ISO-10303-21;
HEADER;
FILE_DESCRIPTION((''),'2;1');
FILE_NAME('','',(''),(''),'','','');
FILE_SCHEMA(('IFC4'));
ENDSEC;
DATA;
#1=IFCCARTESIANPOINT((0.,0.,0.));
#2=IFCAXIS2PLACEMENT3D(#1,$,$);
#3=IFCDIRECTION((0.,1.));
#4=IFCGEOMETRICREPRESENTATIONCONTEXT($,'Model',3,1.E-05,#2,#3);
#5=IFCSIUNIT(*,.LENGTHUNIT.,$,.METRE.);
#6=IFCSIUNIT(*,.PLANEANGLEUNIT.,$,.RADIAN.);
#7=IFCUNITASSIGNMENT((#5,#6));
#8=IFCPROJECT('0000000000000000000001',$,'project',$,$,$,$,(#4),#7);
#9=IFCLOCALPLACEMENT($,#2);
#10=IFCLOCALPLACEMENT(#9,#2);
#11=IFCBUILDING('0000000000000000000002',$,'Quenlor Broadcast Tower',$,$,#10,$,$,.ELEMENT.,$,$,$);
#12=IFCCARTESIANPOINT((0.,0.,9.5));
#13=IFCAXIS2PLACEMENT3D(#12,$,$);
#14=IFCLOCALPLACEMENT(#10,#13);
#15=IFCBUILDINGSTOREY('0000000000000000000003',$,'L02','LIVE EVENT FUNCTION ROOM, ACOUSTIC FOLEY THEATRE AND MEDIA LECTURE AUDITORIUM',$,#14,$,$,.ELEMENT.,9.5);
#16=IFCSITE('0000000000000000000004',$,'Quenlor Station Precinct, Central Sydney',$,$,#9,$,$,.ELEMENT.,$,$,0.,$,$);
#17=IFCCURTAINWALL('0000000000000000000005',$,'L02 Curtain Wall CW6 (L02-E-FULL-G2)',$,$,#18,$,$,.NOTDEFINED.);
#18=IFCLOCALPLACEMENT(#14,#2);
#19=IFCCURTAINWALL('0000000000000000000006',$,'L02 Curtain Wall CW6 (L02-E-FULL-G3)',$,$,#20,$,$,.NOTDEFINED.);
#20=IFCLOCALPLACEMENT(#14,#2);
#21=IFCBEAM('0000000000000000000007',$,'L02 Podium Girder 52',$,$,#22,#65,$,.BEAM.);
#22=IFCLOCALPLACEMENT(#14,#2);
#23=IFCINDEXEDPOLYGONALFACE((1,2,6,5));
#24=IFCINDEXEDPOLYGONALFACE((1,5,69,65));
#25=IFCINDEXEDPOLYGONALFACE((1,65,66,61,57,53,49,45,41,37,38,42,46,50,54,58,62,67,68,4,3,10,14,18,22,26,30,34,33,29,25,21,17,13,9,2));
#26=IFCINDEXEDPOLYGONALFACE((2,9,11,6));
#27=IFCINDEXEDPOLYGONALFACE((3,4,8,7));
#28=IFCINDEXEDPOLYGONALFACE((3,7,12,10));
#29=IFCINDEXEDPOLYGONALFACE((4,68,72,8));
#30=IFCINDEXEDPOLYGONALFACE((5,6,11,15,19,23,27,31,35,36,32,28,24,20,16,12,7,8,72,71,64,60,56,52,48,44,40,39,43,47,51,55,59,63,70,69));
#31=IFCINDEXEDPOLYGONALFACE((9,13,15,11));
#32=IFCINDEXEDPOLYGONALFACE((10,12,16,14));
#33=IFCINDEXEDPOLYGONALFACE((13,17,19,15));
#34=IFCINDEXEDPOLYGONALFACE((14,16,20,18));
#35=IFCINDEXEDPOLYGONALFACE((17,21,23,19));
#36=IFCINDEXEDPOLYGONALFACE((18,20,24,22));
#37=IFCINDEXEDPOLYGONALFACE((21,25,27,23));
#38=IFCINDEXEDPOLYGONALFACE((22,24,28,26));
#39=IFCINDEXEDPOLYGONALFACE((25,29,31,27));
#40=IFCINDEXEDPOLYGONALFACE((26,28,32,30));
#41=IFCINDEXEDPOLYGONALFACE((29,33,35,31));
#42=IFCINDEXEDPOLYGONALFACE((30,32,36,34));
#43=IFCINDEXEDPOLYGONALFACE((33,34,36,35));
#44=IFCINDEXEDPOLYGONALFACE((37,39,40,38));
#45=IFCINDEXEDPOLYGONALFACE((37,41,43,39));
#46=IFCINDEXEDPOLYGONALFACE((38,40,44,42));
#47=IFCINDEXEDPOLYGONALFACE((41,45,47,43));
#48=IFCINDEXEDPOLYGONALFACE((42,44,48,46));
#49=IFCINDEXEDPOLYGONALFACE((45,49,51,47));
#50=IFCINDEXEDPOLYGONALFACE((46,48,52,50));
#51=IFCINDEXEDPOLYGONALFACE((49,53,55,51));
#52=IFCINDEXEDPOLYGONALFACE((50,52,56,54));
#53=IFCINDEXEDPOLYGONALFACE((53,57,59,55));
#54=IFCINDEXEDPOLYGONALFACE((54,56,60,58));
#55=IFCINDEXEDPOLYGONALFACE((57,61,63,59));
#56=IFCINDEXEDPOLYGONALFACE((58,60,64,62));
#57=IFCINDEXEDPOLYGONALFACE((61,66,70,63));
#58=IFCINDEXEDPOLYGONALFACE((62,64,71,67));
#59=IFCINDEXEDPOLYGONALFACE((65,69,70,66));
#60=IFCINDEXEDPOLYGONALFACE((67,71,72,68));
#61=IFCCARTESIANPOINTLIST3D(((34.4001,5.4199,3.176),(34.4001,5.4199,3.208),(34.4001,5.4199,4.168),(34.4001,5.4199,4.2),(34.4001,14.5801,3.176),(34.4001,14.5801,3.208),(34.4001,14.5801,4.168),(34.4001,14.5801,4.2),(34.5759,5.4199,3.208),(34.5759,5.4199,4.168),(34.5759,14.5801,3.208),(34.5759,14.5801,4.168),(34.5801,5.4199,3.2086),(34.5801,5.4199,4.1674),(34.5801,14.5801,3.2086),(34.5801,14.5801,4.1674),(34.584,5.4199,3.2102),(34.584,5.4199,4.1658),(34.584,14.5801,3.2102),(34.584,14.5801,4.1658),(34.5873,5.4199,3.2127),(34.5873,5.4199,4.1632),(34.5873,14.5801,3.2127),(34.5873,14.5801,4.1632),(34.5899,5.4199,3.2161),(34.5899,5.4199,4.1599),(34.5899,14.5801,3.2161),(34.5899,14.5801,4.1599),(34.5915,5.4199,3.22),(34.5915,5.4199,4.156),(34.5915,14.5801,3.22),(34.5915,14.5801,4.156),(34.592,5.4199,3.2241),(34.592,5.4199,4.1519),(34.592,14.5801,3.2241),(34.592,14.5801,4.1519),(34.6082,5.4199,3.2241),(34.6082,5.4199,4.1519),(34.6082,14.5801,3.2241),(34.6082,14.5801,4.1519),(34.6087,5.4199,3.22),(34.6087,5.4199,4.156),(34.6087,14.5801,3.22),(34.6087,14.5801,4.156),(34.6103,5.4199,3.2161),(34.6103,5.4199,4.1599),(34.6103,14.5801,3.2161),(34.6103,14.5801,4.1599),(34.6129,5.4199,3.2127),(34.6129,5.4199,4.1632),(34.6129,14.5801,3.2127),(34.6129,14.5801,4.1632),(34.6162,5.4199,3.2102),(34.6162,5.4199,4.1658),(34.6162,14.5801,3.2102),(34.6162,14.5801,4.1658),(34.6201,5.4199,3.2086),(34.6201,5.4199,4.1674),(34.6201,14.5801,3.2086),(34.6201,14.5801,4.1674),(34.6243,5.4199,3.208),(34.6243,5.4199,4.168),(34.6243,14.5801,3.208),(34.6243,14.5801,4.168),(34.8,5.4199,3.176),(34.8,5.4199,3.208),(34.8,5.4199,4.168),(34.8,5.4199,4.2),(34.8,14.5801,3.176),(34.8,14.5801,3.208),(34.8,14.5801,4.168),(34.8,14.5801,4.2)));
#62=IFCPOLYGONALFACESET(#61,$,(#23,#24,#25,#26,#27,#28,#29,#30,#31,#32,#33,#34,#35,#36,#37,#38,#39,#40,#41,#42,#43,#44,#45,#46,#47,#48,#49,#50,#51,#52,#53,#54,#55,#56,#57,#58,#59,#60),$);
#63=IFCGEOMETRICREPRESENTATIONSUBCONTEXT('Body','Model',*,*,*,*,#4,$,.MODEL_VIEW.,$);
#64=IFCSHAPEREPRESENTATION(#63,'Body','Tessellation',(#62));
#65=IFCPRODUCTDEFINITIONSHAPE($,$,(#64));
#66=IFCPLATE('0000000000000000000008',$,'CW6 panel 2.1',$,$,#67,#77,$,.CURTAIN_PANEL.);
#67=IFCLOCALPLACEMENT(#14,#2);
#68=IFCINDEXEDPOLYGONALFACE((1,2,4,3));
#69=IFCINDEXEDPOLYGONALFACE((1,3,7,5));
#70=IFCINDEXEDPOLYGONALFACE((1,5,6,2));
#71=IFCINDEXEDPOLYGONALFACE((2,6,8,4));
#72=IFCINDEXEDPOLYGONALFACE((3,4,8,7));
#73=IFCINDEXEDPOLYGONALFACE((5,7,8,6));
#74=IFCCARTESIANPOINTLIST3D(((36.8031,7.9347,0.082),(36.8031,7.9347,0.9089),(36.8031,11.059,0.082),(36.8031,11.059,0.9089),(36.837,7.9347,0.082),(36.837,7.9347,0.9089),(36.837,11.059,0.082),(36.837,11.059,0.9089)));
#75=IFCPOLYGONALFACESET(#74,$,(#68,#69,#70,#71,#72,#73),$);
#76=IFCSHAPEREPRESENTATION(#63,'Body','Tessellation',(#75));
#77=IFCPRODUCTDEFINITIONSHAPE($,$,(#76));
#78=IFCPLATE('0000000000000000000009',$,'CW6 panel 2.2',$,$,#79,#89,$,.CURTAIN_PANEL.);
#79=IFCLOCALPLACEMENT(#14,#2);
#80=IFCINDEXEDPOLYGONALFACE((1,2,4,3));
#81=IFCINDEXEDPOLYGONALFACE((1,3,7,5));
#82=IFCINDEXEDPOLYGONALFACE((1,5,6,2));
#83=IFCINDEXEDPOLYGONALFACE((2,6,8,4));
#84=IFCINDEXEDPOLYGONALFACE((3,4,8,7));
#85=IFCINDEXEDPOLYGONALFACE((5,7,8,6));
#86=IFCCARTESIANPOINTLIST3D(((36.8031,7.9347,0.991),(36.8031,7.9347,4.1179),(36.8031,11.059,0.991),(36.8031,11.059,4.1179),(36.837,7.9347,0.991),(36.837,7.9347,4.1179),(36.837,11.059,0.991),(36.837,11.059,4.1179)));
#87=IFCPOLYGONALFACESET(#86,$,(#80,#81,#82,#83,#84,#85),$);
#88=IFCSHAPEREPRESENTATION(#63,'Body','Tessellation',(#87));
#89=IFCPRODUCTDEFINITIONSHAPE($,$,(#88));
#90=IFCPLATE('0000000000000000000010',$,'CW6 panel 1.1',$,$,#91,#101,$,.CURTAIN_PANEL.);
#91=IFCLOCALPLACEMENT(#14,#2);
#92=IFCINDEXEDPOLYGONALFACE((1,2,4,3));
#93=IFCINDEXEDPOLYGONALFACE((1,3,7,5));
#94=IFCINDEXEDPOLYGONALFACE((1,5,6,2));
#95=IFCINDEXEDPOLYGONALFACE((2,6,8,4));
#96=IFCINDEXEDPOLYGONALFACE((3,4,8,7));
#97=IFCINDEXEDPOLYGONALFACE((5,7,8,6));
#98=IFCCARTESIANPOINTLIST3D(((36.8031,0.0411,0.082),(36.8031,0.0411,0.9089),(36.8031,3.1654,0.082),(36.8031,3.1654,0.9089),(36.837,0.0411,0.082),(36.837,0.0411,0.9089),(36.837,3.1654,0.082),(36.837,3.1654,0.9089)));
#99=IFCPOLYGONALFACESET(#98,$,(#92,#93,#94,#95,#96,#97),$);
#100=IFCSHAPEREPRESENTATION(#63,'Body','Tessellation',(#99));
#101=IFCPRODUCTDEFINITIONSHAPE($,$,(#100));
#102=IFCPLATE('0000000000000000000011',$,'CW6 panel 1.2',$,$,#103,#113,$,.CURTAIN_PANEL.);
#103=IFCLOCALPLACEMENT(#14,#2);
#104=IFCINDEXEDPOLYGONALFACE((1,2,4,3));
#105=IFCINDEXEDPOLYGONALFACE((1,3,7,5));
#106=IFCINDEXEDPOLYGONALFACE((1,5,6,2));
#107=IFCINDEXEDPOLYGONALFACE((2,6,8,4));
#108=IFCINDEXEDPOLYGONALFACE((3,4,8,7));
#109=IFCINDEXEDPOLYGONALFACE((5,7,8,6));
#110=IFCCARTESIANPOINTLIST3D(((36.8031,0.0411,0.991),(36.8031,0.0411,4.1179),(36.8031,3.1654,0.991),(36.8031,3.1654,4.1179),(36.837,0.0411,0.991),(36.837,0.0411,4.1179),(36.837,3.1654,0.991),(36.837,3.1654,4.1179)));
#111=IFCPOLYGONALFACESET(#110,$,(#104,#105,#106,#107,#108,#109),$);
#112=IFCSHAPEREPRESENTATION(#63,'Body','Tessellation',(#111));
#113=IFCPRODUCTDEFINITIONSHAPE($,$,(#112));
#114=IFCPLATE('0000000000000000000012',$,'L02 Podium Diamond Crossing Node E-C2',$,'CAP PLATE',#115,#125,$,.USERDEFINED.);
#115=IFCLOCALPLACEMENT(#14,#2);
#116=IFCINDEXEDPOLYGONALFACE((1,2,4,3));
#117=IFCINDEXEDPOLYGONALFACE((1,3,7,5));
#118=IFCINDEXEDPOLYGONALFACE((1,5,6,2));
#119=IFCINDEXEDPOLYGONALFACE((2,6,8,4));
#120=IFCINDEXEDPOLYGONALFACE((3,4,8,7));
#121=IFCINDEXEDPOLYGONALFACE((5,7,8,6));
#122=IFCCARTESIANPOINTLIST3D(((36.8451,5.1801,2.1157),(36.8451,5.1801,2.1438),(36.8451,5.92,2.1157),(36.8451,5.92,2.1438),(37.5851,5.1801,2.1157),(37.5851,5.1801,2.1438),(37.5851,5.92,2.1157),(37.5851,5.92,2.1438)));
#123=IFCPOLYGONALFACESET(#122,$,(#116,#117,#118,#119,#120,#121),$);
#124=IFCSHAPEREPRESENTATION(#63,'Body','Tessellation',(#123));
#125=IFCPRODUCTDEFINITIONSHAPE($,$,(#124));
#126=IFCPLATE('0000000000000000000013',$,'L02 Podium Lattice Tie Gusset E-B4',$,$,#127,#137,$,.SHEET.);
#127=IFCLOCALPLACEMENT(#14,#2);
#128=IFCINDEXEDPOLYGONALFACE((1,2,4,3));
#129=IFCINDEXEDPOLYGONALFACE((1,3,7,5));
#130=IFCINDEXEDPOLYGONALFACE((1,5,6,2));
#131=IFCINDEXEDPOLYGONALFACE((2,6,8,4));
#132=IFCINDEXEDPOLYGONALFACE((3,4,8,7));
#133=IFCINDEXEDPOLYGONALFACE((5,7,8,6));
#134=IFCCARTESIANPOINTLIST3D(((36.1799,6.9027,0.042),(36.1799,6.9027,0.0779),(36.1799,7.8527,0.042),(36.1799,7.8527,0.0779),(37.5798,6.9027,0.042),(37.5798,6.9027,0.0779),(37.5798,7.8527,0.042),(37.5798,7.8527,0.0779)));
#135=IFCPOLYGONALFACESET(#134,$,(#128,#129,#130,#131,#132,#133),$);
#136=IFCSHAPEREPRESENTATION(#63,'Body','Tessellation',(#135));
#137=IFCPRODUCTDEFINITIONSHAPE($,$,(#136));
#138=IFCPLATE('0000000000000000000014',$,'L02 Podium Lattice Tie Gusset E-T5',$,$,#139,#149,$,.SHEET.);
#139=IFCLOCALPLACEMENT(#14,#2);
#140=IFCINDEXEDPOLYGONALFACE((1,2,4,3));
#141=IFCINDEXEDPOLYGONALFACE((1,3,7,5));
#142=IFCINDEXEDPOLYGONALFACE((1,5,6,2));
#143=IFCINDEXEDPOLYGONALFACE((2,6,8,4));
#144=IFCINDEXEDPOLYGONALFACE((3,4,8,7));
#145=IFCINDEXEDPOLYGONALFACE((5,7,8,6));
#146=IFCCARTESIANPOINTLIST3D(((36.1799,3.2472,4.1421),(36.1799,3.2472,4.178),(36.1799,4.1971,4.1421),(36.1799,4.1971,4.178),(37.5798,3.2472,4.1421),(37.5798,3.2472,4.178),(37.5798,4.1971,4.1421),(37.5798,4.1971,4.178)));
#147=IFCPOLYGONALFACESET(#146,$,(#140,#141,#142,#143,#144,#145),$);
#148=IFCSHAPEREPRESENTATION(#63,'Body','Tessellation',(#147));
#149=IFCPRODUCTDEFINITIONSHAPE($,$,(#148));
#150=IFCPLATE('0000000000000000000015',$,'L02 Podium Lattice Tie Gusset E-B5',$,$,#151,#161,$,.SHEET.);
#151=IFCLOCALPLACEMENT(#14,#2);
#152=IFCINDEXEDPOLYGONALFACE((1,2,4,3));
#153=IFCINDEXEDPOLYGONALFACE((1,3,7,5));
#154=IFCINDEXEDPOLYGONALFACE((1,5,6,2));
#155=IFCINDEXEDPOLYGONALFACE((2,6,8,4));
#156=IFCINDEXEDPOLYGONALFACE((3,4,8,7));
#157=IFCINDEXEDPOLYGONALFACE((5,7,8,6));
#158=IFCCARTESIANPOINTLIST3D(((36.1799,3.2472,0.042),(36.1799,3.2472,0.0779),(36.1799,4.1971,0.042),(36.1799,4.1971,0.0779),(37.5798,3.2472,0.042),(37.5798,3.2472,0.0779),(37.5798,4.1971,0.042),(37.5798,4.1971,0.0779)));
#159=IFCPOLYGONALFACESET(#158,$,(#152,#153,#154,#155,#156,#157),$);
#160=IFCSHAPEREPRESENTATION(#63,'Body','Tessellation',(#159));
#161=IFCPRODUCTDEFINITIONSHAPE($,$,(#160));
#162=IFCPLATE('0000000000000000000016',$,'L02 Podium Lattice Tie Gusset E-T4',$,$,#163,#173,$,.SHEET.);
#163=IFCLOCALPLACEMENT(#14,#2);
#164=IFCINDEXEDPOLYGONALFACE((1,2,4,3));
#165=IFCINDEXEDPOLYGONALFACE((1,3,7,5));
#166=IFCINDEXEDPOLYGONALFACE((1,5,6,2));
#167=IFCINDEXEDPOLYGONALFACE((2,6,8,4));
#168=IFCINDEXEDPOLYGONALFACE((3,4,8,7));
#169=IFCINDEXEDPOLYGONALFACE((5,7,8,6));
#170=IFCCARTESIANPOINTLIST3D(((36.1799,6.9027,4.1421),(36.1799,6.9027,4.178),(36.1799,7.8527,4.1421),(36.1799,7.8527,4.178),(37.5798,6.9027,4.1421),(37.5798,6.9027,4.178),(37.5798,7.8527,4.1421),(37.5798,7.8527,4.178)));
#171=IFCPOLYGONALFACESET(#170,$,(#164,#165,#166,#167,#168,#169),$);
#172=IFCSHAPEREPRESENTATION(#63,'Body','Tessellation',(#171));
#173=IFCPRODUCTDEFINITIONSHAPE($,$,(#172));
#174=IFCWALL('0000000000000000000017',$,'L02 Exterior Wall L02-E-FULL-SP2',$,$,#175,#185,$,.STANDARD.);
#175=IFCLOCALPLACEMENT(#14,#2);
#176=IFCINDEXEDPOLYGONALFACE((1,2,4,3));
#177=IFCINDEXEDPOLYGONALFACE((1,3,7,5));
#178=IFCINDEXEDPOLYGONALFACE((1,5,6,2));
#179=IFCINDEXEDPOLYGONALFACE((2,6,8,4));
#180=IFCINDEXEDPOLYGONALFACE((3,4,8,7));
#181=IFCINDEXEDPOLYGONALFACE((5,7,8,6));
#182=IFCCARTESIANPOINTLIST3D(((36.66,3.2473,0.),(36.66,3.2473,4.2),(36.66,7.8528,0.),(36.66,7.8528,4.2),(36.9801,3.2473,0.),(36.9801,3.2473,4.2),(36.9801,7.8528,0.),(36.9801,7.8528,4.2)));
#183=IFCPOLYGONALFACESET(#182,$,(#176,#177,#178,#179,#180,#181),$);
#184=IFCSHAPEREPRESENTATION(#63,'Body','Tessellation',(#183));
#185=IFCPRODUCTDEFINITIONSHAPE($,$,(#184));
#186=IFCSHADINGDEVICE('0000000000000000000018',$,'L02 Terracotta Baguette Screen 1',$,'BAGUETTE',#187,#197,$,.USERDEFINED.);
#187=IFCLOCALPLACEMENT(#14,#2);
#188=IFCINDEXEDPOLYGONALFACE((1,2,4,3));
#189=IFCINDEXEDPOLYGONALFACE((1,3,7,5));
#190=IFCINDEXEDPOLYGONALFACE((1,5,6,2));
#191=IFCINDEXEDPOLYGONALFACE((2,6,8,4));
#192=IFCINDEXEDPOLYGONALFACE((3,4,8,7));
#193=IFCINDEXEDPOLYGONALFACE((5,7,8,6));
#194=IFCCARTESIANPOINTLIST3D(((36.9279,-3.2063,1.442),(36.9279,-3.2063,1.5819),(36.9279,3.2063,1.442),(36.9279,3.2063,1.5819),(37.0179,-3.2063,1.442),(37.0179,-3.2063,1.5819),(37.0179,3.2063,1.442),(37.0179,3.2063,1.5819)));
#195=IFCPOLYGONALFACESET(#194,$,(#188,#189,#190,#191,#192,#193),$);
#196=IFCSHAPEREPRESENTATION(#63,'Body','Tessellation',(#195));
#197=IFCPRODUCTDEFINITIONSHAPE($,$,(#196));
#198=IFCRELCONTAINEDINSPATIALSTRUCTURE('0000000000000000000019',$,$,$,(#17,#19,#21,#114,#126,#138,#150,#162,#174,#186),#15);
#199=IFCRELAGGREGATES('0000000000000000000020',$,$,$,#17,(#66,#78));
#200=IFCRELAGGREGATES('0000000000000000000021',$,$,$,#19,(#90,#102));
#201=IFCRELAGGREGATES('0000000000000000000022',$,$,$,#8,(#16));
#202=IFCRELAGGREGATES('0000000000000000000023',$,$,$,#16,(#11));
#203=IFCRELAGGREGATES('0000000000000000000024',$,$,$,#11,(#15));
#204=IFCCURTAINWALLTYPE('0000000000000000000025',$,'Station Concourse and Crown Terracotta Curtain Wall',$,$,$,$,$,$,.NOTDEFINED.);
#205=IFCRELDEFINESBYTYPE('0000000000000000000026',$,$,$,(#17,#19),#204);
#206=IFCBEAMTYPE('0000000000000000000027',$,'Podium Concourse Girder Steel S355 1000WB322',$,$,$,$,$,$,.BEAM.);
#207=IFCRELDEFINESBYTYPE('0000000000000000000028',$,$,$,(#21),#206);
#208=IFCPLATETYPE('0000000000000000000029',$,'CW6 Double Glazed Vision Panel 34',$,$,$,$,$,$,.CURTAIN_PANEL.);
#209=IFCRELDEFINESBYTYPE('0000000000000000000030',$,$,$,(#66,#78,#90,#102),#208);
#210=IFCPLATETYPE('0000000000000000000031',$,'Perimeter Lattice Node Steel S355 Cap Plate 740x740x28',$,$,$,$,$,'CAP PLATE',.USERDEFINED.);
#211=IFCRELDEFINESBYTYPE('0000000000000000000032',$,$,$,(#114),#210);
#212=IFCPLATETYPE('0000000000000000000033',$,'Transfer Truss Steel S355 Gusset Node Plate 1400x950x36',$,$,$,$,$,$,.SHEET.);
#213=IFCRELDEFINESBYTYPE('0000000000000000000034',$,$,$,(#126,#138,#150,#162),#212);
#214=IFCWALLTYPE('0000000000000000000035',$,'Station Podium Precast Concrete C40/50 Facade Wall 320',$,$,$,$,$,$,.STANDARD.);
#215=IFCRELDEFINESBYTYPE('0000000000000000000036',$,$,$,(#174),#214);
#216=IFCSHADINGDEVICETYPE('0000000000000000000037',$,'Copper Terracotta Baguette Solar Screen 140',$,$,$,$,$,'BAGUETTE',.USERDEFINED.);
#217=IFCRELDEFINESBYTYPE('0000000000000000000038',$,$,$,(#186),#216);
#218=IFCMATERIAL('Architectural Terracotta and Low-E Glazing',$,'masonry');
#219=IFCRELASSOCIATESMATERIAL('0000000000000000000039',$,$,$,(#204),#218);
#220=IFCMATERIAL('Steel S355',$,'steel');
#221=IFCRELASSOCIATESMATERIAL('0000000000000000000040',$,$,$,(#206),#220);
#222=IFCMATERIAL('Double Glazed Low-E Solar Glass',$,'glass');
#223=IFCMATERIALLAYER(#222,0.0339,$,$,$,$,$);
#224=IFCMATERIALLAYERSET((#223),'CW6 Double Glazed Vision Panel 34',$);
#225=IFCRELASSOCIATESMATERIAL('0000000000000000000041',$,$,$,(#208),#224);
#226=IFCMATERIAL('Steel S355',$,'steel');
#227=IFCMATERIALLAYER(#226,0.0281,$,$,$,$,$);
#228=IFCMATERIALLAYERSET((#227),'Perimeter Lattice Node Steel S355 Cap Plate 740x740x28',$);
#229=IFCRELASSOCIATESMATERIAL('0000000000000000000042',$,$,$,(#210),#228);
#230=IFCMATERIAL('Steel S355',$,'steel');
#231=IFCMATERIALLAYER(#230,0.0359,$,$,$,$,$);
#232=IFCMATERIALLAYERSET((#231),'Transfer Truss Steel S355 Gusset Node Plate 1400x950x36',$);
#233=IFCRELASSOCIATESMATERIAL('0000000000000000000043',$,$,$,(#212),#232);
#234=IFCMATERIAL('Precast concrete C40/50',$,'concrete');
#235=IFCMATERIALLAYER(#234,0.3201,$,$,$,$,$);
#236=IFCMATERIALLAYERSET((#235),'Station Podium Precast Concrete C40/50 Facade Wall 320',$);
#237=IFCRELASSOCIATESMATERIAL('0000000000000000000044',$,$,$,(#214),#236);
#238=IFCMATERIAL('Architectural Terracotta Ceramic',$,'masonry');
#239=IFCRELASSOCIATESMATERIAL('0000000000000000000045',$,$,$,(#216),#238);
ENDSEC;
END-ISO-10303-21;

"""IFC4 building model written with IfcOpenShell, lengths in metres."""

from ifc_helpers import new_model, si_unit, direction, frame, frame_2d, origin, origin_2d, place, context, subcontext, project, spatial, rectangle, i_section, extrude, material, layer, layer_set, material_profile, profile_set, type_object, element, aggregate, save


model = new_model("IFC4")

# Units and contexts
model_context = context("Model", 3, precision=1e-05, world=origin(), true_north=direction((0.0, 1.0)))
body_context = subcontext(model_context, "Body", "Model", "MODEL_VIEW")
ifc_project = project(units=[si_unit("LENGTHUNIT", "METRE"), si_unit("PLANEANGLEUNIT", "RADIAN")], contexts=[model_context])

# Site, building, storey
site_placement = place(None, origin())
site = spatial("IfcSite", under=ifc_project, at=site_placement, Name="Quenlor Station Precinct, Central Sydney", CompositionType="ELEMENT", RefElevation=0.0)
building_placement = place(site_placement, origin())
building = spatial("IfcBuilding", under=site, at=building_placement, Name="Quenlor Broadcast Tower", CompositionType="ELEMENT")
storey_placement = place(building_placement, frame((0.0, 0.0, 9.5)))
storey = spatial("IfcBuildingStorey", under=building, at=storey_placement, Name="L02", Description="LIVE EVENT FUNCTION ROOM, ACOUSTIC FOLEY THEATRE AND MEDIA LECTURE AUDITORIUM", CompositionType="ELEMENT", Elevation=9.5)

# Curtain wall
ifc_material_1 = material(Name="Architectural Terracotta and Low-E Glazing", Category="masonry")
curtain_wall_type = type_object("IfcCurtainWallType", Name="Station Concourse and Crown Terracotta Curtain Wall", PredefinedType="NOTDEFINED", material=ifc_material_1)
curtain_wall_1_placement = place(storey_placement, origin())
curtain_wall_1 = element("IfcCurtainWall", 1, at=curtain_wall_1_placement, inside=storey, type_object=curtain_wall_type, Name="L02 Curtain Wall CW6 (L02-E-FULL-G2)", PredefinedType="NOTDEFINED")

# Curtain wall
curtain_wall_2_placement = place(storey_placement, origin())
curtain_wall_2 = element("IfcCurtainWall", 2, at=curtain_wall_2_placement, inside=storey, type_object=curtain_wall_type, Name="L02 Curtain Wall CW6 (L02-E-FULL-G3)", PredefinedType="NOTDEFINED")

# Beam
ifc_material_2 = material(Name="Steel S355", Category="steel")
ifc_material_profile_1 = material_profile(ifc_material_2, i_section(OverallWidth=0.3999, OverallDepth=1.0239, WebThickness=0.0161, FlangeThickness=0.032, FilletRadius=0.0161, at=origin_2d()))
ifc_profile_set_1 = profile_set([ifc_material_profile_1], Name="Steel S355 1000WB322")
beam_type = type_object("IfcBeamType", Name="Podium Concourse Girder Steel S355 1000WB322", PredefinedType="BEAM", material=ifc_profile_set_1)
beam_placement = place(storey_placement, frame((34.6001, 5.4199, 3.688), z_axis=(0.0, 1.0, 0.0), x_axis=(-1.0, 0.0, 0.0)))
element("IfcBeam", 3, at=beam_placement, inside=storey, type_object=beam_type, Name="L02 Podium Girder 52", PredefinedType="BEAM", context=body_context, shape_type="SweptSolid", body=[
    extrude(i_section(OverallWidth=0.3999, OverallDepth=1.0239, WebThickness=0.0161, FlangeThickness=0.032, FilletRadius=0.0161, at=origin_2d()), origin(), (0.0, 0.0, 1.0), 9.1602),
])

# Plates
ifc_material_3 = material(Name="Double Glazed Low-E Solar Glass", Category="glass")
ifc_layer_1 = layer(ifc_material_3, 0.0339)
ifc_layer_set_1 = layer_set([ifc_layer_1], Name="CW6 Double Glazed Vision Panel 34")
plate_type_1 = type_object("IfcPlateType", Name="CW6 Double Glazed Vision Panel 34", PredefinedType="CURTAIN_PANEL", material=ifc_layer_set_1)
plate_1_placement = place(storey_placement, frame((36.8201, 9.4968, 0.082), z_axis=(0.0, 0.0, 1.0), x_axis=(0.0, -1.0, 0.0)))
plate_1 = element("IfcPlate", 4, at=plate_1_placement, type_object=plate_type_1, Name="CW6 panel 2.1", PredefinedType="CURTAIN_PANEL", context=body_context, shape_type="SweptSolid", body=[
    extrude(rectangle(XDim=3.1243, YDim=0.0339, at=origin_2d()), origin(), (0.0, 0.0, 1.0), 0.8269),
])
plate_2_placement = place(storey_placement, frame((36.8201, 9.4968, 0.991), z_axis=(0.0, 0.0, 1.0), x_axis=(0.0, -1.0, 0.0)))
plate_2 = element("IfcPlate", 5, at=plate_2_placement, type_object=plate_type_1, Name="CW6 panel 2.2", PredefinedType="CURTAIN_PANEL", context=body_context, shape_type="SweptSolid", body=[
    extrude(rectangle(XDim=3.1243, YDim=0.0339, at=origin_2d()), origin(), (0.0, 0.0, 1.0), 3.127),
])
aggregate(curtain_wall_1, [plate_1, plate_2])
plate_3_placement = place(storey_placement, frame((36.8201, 1.6033, 0.082), z_axis=(0.0, 0.0, 1.0), x_axis=(0.0, -1.0, 0.0)))
plate_3 = element("IfcPlate", 6, at=plate_3_placement, type_object=plate_type_1, Name="CW6 panel 1.1", PredefinedType="CURTAIN_PANEL", context=body_context, shape_type="SweptSolid", body=[
    extrude(rectangle(XDim=3.1243, YDim=0.0339, at=origin_2d()), origin(), (0.0, 0.0, 1.0), 0.8269),
])
plate_4_placement = place(storey_placement, frame((36.8201, 1.6033, 0.991), z_axis=(0.0, 0.0, 1.0), x_axis=(0.0, -1.0, 0.0)))
plate_4 = element("IfcPlate", 7, at=plate_4_placement, type_object=plate_type_1, Name="CW6 panel 1.2", PredefinedType="CURTAIN_PANEL", context=body_context, shape_type="SweptSolid", body=[
    extrude(rectangle(XDim=3.1243, YDim=0.0339, at=origin_2d()), origin(), (0.0, 0.0, 1.0), 3.127),
])
aggregate(curtain_wall_2, [plate_3, plate_4])

# Plates
ifc_material_4 = material(Name="Steel S355", Category="steel")
ifc_layer_2 = layer(ifc_material_4, 0.0281)
ifc_layer_set_2 = layer_set([ifc_layer_2], Name="Perimeter Lattice Node Steel S355 Cap Plate 740x740x28")
plate_type_2 = type_object("IfcPlateType", Name="Perimeter Lattice Node Steel S355 Cap Plate 740x740x28", ElementType="CAP PLATE", PredefinedType="USERDEFINED", material=ifc_layer_set_2)
plate_5_placement = place(storey_placement, frame((37.2151, 5.55, 2.1157), z_axis=(0.0, 0.0, 1.0), x_axis=(0.0, -1.0, 0.0)))
element("IfcPlate", 8, at=plate_5_placement, inside=storey, type_object=plate_type_2, Name="L02 Podium Diamond Crossing Node E-C2", ObjectType="CAP PLATE", PredefinedType="USERDEFINED", context=body_context, shape_type="SweptSolid", body=[
    extrude(rectangle(XDim=0.74, YDim=0.74, at=origin_2d()), origin(), (0.0, 0.0, 1.0), 0.0281),
])
ifc_material_5 = material(Name="Steel S355", Category="steel")
ifc_layer_3 = layer(ifc_material_5, 0.0359)
ifc_layer_set_3 = layer_set([ifc_layer_3], Name="Transfer Truss Steel S355 Gusset Node Plate 1400x950x36")
plate_type_3 = type_object("IfcPlateType", Name="Transfer Truss Steel S355 Gusset Node Plate 1400x950x36", PredefinedType="SHEET", material=ifc_layer_set_3)
for number, where, z_axis, x_axis, name in (
    (9, (36.8799, 7.3777, 0.042), (0.0, 0.0, 1.0), (1.0, 0.0, 0.0), "L02 Podium Lattice Tie Gusset E-B4"),
    (10, (36.8799, 3.7222, 4.1421), (0.0, 0.0, 1.0), (1.0, 0.0, 0.0), "L02 Podium Lattice Tie Gusset E-T5"),
    (11, (36.8799, 3.7222, 0.042), (0.0, 0.0, 1.0), (1.0, 0.0, 0.0), "L02 Podium Lattice Tie Gusset E-B5"),
    (12, (36.8799, 7.3777, 4.1421), (0.0, 0.0, 1.0), (1.0, 0.0, 0.0), "L02 Podium Lattice Tie Gusset E-T4"),
):
    element("IfcPlate", number, at=place(storey_placement, frame(where, z_axis=z_axis, x_axis=x_axis)), inside=storey, type_object=plate_type_3, Name=name, PredefinedType="SHEET", context=body_context, shape_type="SweptSolid", body=[
        extrude(rectangle(XDim=1.3999, YDim=0.95, at=origin_2d()), origin(), (0.0, 0.0, 1.0), 0.0359),
    ])

# Wall
ifc_material_6 = material(Name="Precast concrete C40/50", Category="concrete")
ifc_layer_4 = layer(ifc_material_6, 0.3201)
ifc_layer_set_4 = layer_set([ifc_layer_4], Name="Station Podium Precast Concrete C40/50 Facade Wall 320")
wall_type = type_object("IfcWallType", Name="Station Podium Precast Concrete C40/50 Facade Wall 320", PredefinedType="STANDARD", material=ifc_layer_set_4)
wall_placement = place(storey_placement, frame((36.8201, 7.8528, 0.0), z_axis=(0.0, 0.0, 1.0), x_axis=(0.0, -1.0, 0.0)))
element("IfcWall", 13, at=wall_placement, inside=storey, type_object=wall_type, Name="L02 Exterior Wall L02-E-FULL-SP2", PredefinedType="STANDARD", context=body_context, shape_type="SweptSolid", body=[
    extrude(rectangle(XDim=4.6055, YDim=0.3201, at=frame_2d((2.3027, 0.0))), origin(), (0.0, 0.0, 1.0), 4.2),
])

# Shading device
ifc_material_7 = material(Name="Architectural Terracotta Ceramic", Category="masonry")
ifc_material_profile_2 = material_profile(ifc_material_7, rectangle(XDim=0.0901, YDim=0.1399, at=origin_2d()))
ifc_profile_set_2 = profile_set([ifc_material_profile_2], Name="Architectural Terracotta Ceramic BAG90x140")
shading_device_type = type_object("IfcShadingDeviceType", Name="Copper Terracotta Baguette Solar Screen 140", ElementType="BAGUETTE", PredefinedType="USERDEFINED", material=ifc_profile_set_2)
for number, where, z_axis, x_axis, name in (
    (14, (36.9729, 3.2063, 1.512), (0.0, -1.0, 0.0), (1.0, 0.0, 0.0), "L02 Terracotta Baguette Screen 1"),
):
    element("IfcShadingDevice", number, at=place(storey_placement, frame(where, z_axis=z_axis, x_axis=x_axis)), inside=storey, type_object=shading_device_type, Name=name, ObjectType="BAGUETTE", PredefinedType="USERDEFINED", context=body_context, shape_type="SweptSolid", body=[
        extrude(rectangle(XDim=0.0901, YDim=0.1399, at=origin_2d()), origin(), (0.0, 0.0, 1.0), 6.4126),
    ])

save(model, "model.ifc")
